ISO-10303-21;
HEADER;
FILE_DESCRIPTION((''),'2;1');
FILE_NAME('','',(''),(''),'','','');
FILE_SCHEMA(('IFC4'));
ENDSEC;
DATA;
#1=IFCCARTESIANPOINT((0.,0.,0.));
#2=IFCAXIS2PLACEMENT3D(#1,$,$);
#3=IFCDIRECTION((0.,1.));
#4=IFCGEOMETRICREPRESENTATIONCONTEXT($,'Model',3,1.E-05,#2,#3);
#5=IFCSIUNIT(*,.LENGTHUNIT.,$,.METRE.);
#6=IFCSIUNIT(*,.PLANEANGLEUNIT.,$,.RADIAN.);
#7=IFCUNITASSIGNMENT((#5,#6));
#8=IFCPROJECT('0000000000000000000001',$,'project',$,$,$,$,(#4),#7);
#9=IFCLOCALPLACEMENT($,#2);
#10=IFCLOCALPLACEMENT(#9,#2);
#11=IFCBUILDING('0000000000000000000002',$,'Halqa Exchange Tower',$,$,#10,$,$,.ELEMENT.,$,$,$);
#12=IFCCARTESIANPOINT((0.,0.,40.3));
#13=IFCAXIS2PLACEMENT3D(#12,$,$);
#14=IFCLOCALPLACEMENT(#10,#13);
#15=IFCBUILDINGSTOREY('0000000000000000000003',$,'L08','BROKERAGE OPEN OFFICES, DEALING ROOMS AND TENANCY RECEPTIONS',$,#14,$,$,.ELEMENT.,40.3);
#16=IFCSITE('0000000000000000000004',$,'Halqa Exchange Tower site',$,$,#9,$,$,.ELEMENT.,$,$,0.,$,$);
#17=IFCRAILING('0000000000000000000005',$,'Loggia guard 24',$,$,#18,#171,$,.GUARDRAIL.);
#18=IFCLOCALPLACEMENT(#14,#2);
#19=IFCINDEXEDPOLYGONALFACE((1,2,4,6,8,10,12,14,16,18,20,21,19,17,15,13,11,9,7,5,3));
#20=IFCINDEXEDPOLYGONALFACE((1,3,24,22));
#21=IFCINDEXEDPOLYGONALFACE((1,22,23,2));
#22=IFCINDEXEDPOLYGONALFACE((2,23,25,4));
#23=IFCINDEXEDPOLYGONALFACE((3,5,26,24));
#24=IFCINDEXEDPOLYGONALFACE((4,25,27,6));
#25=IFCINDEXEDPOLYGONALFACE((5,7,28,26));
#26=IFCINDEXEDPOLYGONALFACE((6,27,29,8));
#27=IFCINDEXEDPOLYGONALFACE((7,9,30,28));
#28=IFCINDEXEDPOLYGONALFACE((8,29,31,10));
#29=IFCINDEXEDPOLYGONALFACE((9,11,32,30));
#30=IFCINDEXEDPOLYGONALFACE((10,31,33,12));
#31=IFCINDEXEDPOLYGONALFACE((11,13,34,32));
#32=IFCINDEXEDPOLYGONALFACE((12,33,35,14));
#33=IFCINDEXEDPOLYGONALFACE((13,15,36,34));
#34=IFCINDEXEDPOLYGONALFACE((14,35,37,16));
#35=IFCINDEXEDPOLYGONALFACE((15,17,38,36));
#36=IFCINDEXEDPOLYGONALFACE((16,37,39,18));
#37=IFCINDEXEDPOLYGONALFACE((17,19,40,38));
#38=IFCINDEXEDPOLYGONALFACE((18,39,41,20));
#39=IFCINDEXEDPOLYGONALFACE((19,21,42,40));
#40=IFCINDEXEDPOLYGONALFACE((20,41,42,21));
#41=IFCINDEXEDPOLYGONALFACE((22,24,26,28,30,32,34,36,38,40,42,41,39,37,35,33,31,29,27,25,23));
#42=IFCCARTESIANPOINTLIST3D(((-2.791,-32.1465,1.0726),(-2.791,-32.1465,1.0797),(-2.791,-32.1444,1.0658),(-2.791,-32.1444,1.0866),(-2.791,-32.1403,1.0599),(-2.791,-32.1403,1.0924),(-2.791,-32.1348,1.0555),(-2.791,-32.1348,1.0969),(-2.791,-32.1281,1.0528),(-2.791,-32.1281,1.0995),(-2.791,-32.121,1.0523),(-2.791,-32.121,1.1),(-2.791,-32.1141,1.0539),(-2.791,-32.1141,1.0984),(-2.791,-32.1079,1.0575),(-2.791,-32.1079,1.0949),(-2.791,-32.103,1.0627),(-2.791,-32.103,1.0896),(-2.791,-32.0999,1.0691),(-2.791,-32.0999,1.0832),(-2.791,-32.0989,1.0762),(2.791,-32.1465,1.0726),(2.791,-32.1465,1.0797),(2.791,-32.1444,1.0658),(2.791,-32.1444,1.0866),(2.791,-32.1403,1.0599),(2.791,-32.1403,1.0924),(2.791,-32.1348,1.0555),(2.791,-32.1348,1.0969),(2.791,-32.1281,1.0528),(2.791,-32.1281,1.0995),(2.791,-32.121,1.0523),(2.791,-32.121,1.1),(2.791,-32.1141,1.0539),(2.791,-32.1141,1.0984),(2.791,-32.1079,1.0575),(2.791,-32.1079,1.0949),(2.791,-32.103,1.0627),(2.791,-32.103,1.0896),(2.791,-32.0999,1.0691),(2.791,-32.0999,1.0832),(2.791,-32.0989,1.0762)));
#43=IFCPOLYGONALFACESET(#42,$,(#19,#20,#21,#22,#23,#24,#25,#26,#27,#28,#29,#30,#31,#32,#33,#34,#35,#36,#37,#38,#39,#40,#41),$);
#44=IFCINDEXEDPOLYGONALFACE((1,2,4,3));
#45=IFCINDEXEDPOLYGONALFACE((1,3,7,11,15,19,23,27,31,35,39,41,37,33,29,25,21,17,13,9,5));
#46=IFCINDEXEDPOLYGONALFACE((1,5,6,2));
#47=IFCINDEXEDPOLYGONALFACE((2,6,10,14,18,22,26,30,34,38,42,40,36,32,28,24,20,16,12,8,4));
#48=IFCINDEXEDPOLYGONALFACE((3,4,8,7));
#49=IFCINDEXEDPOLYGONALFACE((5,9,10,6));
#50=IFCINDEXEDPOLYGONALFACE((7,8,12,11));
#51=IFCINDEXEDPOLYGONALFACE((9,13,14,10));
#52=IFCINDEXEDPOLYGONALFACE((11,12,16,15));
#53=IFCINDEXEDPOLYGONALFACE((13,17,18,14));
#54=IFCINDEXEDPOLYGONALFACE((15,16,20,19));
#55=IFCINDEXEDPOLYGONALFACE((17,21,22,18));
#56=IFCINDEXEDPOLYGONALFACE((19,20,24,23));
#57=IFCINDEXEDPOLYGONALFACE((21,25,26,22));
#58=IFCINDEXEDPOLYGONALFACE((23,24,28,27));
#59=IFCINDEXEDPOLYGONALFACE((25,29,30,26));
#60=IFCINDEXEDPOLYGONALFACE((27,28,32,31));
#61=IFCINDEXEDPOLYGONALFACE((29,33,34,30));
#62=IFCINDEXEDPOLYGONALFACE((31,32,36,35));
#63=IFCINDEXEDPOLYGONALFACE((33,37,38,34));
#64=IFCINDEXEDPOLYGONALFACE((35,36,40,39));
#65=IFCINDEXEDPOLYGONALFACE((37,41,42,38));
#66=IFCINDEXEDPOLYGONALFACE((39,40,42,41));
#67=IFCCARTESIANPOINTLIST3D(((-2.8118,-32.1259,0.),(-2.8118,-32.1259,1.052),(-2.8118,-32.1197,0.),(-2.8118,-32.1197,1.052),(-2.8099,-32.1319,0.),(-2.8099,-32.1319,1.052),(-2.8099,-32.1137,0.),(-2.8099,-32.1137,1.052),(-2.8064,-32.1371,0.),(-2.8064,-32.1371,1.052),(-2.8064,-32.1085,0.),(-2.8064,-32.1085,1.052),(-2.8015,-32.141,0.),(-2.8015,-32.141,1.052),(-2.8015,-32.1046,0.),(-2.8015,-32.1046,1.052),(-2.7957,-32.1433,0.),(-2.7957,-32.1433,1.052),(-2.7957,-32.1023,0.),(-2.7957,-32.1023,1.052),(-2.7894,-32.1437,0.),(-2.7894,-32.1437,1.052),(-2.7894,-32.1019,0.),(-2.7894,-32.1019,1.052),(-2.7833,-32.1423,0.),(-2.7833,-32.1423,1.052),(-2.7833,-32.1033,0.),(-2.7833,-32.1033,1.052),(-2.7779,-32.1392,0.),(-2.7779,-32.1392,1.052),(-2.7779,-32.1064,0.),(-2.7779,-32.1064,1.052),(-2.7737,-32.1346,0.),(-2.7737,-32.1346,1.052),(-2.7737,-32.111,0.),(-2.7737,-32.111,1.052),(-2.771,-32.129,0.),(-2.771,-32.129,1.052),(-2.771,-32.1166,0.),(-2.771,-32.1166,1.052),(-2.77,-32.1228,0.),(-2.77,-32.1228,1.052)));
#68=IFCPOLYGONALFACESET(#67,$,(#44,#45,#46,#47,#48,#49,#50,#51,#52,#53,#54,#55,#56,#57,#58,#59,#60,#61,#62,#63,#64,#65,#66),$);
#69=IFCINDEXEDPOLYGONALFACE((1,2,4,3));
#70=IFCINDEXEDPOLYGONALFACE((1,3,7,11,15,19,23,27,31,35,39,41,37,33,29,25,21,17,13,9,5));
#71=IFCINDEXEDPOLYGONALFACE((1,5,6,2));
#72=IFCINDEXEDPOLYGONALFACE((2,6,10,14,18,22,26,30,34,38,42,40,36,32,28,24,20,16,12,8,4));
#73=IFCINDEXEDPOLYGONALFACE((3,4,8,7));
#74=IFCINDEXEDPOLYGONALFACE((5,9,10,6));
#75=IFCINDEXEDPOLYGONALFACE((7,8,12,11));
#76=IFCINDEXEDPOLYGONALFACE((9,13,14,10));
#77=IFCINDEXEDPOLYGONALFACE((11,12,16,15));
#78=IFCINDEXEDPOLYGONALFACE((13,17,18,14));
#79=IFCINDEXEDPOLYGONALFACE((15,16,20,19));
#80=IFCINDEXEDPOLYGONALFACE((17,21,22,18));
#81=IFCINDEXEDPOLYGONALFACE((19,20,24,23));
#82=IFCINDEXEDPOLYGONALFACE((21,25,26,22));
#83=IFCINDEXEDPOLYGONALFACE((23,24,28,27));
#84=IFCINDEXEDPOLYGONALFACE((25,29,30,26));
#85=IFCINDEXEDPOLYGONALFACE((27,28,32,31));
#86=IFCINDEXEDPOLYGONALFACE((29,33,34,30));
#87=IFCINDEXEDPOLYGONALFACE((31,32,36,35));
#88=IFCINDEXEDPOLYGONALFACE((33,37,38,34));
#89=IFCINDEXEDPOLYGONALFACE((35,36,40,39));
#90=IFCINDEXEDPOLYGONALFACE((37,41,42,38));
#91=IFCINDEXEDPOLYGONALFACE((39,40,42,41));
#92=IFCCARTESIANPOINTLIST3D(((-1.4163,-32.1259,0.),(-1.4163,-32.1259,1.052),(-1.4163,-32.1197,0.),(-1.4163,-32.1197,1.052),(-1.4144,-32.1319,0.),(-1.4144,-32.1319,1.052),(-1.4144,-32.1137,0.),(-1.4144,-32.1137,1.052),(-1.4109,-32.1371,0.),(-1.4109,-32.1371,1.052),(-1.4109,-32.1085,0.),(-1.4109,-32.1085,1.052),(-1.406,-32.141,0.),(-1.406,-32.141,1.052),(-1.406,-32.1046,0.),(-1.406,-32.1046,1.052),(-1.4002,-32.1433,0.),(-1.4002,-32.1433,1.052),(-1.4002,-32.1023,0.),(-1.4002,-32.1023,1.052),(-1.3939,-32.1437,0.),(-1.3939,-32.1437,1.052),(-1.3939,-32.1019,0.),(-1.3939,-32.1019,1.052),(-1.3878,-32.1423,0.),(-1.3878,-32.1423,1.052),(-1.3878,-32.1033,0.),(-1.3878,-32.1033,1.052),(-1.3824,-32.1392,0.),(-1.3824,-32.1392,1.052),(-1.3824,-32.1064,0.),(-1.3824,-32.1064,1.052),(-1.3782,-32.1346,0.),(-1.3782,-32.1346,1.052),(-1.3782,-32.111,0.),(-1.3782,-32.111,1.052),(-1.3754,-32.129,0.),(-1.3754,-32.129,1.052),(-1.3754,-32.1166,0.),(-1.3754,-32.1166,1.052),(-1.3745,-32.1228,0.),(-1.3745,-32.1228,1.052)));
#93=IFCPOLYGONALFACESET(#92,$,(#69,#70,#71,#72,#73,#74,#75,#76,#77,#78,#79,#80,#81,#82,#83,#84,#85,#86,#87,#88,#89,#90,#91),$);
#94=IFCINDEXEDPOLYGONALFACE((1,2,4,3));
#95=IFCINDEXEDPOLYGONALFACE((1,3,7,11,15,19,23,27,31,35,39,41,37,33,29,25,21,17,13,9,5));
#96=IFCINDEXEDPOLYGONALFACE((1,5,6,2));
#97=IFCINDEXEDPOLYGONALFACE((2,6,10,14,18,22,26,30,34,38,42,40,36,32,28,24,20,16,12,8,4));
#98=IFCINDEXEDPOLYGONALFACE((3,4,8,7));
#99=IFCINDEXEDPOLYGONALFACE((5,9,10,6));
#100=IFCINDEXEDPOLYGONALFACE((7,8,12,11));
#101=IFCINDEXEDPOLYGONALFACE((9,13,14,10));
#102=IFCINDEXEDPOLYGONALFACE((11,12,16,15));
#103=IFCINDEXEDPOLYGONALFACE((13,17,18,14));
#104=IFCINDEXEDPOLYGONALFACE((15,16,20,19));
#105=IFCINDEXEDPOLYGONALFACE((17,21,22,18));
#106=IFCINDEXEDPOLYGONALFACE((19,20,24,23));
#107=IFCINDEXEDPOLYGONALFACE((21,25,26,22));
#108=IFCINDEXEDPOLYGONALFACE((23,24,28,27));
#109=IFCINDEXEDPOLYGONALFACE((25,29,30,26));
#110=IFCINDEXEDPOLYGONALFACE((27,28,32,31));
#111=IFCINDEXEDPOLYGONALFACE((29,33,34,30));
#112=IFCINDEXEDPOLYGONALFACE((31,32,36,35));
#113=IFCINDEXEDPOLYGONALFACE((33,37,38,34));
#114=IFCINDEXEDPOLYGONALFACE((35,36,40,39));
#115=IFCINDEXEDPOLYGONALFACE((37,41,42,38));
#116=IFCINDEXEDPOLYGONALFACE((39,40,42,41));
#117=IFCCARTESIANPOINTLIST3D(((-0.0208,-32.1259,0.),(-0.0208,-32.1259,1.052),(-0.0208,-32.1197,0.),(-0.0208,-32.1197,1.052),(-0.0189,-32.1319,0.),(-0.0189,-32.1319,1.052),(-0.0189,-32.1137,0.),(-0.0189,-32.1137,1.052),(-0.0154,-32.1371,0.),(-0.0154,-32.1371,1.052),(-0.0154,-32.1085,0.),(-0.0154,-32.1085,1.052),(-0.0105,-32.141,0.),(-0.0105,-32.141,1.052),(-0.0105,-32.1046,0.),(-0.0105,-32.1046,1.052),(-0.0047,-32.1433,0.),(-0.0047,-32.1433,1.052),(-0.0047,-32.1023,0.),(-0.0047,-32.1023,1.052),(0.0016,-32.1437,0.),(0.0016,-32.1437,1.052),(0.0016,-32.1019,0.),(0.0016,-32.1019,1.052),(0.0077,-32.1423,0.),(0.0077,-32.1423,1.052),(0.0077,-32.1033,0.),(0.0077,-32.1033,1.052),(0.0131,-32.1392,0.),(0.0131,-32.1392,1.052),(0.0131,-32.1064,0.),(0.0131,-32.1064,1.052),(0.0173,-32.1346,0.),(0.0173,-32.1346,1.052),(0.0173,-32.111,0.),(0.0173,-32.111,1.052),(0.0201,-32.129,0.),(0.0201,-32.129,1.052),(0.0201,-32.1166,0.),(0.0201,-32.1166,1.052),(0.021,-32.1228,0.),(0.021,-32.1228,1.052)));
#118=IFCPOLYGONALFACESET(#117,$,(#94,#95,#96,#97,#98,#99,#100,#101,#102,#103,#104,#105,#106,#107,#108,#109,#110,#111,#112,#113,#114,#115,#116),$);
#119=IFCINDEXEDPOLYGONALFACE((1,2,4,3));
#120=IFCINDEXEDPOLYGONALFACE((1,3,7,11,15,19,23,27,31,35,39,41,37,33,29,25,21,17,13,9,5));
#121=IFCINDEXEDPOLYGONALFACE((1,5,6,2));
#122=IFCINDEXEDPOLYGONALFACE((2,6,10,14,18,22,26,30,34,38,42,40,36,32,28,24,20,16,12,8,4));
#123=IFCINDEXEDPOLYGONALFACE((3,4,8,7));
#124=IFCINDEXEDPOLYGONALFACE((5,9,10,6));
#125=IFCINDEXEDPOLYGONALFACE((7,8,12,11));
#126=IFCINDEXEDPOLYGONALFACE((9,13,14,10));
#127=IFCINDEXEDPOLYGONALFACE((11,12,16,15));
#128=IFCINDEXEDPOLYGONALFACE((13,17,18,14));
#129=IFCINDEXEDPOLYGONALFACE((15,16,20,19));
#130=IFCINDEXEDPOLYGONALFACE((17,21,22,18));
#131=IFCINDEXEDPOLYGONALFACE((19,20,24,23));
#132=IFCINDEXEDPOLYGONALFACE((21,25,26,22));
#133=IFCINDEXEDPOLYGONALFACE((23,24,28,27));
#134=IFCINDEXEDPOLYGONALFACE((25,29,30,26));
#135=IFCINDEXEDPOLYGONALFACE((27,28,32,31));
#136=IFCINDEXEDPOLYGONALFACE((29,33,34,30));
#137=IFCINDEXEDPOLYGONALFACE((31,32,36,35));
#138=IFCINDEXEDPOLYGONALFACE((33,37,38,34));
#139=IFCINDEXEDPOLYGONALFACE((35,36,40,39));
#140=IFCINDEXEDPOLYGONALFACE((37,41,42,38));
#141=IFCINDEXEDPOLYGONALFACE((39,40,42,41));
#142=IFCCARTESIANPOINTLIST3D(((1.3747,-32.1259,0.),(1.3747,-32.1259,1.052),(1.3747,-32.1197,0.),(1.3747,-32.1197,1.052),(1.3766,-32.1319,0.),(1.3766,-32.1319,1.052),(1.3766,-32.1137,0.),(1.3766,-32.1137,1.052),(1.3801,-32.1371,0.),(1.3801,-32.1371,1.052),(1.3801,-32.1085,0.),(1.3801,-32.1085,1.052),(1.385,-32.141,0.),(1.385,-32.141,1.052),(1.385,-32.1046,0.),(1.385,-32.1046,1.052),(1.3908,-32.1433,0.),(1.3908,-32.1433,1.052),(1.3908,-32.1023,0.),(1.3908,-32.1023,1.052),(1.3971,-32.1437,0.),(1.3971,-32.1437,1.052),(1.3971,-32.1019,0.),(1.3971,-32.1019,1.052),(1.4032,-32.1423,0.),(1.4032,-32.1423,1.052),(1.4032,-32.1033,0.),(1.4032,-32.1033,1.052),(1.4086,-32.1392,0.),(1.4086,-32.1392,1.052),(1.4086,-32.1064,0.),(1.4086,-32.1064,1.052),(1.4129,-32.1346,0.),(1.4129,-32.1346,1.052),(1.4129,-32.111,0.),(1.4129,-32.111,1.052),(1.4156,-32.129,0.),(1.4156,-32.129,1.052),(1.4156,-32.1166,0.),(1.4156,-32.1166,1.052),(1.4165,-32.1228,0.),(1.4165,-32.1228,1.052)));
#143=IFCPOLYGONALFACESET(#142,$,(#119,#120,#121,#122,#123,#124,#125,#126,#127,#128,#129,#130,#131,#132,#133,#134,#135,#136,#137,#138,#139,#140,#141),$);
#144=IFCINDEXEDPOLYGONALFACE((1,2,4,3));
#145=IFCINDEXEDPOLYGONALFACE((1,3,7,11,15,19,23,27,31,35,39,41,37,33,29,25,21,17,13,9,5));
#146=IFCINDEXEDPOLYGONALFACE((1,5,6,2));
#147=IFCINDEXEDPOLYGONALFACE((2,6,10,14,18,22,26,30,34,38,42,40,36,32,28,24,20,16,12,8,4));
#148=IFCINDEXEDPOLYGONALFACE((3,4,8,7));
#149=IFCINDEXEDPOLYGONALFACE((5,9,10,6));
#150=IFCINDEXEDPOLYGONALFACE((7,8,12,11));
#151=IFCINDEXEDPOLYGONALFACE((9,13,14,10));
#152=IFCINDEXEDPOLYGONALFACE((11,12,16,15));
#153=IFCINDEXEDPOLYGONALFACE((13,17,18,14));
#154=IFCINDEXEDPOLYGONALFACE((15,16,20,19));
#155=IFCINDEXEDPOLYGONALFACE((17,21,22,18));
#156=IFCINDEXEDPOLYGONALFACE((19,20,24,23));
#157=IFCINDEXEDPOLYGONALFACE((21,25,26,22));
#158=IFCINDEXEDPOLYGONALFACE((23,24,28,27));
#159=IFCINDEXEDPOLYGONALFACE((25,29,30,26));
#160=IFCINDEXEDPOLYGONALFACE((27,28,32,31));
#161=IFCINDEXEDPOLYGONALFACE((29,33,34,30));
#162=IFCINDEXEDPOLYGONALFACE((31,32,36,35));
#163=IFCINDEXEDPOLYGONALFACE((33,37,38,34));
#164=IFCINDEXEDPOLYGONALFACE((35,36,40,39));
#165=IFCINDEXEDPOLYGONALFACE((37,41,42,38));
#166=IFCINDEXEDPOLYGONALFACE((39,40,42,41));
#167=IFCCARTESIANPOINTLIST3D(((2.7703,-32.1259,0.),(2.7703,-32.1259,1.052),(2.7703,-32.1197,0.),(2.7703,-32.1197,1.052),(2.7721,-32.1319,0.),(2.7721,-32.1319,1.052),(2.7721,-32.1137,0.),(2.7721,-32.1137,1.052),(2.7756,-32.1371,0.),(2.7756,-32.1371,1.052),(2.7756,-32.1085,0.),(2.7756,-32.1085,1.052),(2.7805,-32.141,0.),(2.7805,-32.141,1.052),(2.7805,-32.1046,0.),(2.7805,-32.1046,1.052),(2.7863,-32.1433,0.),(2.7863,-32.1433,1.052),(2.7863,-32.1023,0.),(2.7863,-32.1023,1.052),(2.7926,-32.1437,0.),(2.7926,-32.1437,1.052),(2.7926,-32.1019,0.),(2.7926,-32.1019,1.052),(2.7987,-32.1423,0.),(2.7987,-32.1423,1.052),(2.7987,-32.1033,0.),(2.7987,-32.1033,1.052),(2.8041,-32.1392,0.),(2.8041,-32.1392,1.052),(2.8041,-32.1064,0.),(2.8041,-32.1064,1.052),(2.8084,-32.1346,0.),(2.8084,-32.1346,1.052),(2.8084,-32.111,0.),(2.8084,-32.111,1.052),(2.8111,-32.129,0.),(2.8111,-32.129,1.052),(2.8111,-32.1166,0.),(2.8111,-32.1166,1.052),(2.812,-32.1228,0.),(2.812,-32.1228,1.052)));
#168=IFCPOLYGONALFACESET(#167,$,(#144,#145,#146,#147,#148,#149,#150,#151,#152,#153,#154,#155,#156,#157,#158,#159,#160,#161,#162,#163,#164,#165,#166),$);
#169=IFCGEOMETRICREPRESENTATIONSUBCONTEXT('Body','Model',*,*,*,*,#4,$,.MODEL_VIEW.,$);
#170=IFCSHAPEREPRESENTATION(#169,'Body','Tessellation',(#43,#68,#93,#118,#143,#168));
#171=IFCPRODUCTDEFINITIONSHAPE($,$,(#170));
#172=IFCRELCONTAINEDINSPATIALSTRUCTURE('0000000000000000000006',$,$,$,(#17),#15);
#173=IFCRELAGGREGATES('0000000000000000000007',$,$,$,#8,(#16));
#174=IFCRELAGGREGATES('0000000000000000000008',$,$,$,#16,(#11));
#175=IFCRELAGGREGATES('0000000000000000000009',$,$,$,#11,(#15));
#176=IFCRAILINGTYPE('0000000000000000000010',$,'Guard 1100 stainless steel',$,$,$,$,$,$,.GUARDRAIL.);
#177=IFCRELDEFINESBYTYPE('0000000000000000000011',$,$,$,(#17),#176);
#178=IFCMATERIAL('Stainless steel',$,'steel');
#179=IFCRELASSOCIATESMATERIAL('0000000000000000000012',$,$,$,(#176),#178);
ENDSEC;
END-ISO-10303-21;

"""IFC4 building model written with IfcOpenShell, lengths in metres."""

from ifc_helpers import new_model, si_unit, direction, frame, origin, origin_2d, place, context, subcontext, project, spatial, circle, extrude, material, type_object, element, save


model = new_model("IFC4")

# Units and contexts
model_context = context("Model", 3, precision=1e-05, world=origin(), true_north=direction((0.0, 1.0)))
body_context = subcontext(model_context, "Body", "Model", "MODEL_VIEW")
ifc_project = project(units=[si_unit("LENGTHUNIT", "METRE"), si_unit("PLANEANGLEUNIT", "RADIAN")], contexts=[model_context])

# Site, building, storey
site_placement = place(None, origin())
site = spatial("IfcSite", under=ifc_project, at=site_placement, Name="Halqa Exchange Tower site", CompositionType="ELEMENT", RefElevation=0.0)
building_placement = place(site_placement, origin())
building = spatial("IfcBuilding", under=site, at=building_placement, Name="Halqa Exchange Tower", CompositionType="ELEMENT")
storey_placement = place(building_placement, frame((0.0, 0.0, 40.3)))
storey = spatial("IfcBuildingStorey", under=building, at=storey_placement, Name="L08", Description="BROKERAGE OPEN OFFICES, DEALING ROOMS AND TENANCY RECEPTIONS", CompositionType="ELEMENT", Elevation=40.3)

# Railing
ifc_material_1 = material(Name="Stainless steel", Category="steel")
railing_type = type_object("IfcRailingType", Name="Guard 1100 stainless steel", PredefinedType="GUARDRAIL", material=ifc_material_1)
railing_1_placement = place(storey_placement, frame((-2.791, -32.1228, 0.0)))
element("IfcRailing", 1, at=railing_1_placement, inside=storey, type_object=railing_type, Name="Loggia guard 24", PredefinedType="GUARDRAIL", context=body_context, shape_type="SweptSolid", body=[
    extrude(circle(Radius=0.0239, at=origin_2d()), frame((0.0, 0.0, 1.0762), z_axis=(1.0, 0.0, 0.0), x_axis=(0.0, 1.0, 0.0)), (0.0, 0.0, 1.0), 5.582),
    extrude(circle(Radius=0.021, at=origin_2d()), origin(), (0.0, 0.0, 1.0), 1.052),
    extrude(circle(Radius=0.021, at=origin_2d()), frame((1.3955, 0.0, 0.0)), (0.0, 0.0, 1.0), 1.052),
    extrude(circle(Radius=0.021, at=origin_2d()), frame((2.791, 0.0, 0.0)), (0.0, 0.0, 1.0), 1.052),
    extrude(circle(Radius=0.021, at=origin_2d()), frame((4.1865, 0.0, 0.0)), (0.0, 0.0, 1.0), 1.052),
    extrude(circle(Radius=0.021, at=origin_2d()), frame((5.582, 0.0, 0.0)), (0.0, 0.0, 1.0), 1.052),
])

save(model, "model.ifc")
